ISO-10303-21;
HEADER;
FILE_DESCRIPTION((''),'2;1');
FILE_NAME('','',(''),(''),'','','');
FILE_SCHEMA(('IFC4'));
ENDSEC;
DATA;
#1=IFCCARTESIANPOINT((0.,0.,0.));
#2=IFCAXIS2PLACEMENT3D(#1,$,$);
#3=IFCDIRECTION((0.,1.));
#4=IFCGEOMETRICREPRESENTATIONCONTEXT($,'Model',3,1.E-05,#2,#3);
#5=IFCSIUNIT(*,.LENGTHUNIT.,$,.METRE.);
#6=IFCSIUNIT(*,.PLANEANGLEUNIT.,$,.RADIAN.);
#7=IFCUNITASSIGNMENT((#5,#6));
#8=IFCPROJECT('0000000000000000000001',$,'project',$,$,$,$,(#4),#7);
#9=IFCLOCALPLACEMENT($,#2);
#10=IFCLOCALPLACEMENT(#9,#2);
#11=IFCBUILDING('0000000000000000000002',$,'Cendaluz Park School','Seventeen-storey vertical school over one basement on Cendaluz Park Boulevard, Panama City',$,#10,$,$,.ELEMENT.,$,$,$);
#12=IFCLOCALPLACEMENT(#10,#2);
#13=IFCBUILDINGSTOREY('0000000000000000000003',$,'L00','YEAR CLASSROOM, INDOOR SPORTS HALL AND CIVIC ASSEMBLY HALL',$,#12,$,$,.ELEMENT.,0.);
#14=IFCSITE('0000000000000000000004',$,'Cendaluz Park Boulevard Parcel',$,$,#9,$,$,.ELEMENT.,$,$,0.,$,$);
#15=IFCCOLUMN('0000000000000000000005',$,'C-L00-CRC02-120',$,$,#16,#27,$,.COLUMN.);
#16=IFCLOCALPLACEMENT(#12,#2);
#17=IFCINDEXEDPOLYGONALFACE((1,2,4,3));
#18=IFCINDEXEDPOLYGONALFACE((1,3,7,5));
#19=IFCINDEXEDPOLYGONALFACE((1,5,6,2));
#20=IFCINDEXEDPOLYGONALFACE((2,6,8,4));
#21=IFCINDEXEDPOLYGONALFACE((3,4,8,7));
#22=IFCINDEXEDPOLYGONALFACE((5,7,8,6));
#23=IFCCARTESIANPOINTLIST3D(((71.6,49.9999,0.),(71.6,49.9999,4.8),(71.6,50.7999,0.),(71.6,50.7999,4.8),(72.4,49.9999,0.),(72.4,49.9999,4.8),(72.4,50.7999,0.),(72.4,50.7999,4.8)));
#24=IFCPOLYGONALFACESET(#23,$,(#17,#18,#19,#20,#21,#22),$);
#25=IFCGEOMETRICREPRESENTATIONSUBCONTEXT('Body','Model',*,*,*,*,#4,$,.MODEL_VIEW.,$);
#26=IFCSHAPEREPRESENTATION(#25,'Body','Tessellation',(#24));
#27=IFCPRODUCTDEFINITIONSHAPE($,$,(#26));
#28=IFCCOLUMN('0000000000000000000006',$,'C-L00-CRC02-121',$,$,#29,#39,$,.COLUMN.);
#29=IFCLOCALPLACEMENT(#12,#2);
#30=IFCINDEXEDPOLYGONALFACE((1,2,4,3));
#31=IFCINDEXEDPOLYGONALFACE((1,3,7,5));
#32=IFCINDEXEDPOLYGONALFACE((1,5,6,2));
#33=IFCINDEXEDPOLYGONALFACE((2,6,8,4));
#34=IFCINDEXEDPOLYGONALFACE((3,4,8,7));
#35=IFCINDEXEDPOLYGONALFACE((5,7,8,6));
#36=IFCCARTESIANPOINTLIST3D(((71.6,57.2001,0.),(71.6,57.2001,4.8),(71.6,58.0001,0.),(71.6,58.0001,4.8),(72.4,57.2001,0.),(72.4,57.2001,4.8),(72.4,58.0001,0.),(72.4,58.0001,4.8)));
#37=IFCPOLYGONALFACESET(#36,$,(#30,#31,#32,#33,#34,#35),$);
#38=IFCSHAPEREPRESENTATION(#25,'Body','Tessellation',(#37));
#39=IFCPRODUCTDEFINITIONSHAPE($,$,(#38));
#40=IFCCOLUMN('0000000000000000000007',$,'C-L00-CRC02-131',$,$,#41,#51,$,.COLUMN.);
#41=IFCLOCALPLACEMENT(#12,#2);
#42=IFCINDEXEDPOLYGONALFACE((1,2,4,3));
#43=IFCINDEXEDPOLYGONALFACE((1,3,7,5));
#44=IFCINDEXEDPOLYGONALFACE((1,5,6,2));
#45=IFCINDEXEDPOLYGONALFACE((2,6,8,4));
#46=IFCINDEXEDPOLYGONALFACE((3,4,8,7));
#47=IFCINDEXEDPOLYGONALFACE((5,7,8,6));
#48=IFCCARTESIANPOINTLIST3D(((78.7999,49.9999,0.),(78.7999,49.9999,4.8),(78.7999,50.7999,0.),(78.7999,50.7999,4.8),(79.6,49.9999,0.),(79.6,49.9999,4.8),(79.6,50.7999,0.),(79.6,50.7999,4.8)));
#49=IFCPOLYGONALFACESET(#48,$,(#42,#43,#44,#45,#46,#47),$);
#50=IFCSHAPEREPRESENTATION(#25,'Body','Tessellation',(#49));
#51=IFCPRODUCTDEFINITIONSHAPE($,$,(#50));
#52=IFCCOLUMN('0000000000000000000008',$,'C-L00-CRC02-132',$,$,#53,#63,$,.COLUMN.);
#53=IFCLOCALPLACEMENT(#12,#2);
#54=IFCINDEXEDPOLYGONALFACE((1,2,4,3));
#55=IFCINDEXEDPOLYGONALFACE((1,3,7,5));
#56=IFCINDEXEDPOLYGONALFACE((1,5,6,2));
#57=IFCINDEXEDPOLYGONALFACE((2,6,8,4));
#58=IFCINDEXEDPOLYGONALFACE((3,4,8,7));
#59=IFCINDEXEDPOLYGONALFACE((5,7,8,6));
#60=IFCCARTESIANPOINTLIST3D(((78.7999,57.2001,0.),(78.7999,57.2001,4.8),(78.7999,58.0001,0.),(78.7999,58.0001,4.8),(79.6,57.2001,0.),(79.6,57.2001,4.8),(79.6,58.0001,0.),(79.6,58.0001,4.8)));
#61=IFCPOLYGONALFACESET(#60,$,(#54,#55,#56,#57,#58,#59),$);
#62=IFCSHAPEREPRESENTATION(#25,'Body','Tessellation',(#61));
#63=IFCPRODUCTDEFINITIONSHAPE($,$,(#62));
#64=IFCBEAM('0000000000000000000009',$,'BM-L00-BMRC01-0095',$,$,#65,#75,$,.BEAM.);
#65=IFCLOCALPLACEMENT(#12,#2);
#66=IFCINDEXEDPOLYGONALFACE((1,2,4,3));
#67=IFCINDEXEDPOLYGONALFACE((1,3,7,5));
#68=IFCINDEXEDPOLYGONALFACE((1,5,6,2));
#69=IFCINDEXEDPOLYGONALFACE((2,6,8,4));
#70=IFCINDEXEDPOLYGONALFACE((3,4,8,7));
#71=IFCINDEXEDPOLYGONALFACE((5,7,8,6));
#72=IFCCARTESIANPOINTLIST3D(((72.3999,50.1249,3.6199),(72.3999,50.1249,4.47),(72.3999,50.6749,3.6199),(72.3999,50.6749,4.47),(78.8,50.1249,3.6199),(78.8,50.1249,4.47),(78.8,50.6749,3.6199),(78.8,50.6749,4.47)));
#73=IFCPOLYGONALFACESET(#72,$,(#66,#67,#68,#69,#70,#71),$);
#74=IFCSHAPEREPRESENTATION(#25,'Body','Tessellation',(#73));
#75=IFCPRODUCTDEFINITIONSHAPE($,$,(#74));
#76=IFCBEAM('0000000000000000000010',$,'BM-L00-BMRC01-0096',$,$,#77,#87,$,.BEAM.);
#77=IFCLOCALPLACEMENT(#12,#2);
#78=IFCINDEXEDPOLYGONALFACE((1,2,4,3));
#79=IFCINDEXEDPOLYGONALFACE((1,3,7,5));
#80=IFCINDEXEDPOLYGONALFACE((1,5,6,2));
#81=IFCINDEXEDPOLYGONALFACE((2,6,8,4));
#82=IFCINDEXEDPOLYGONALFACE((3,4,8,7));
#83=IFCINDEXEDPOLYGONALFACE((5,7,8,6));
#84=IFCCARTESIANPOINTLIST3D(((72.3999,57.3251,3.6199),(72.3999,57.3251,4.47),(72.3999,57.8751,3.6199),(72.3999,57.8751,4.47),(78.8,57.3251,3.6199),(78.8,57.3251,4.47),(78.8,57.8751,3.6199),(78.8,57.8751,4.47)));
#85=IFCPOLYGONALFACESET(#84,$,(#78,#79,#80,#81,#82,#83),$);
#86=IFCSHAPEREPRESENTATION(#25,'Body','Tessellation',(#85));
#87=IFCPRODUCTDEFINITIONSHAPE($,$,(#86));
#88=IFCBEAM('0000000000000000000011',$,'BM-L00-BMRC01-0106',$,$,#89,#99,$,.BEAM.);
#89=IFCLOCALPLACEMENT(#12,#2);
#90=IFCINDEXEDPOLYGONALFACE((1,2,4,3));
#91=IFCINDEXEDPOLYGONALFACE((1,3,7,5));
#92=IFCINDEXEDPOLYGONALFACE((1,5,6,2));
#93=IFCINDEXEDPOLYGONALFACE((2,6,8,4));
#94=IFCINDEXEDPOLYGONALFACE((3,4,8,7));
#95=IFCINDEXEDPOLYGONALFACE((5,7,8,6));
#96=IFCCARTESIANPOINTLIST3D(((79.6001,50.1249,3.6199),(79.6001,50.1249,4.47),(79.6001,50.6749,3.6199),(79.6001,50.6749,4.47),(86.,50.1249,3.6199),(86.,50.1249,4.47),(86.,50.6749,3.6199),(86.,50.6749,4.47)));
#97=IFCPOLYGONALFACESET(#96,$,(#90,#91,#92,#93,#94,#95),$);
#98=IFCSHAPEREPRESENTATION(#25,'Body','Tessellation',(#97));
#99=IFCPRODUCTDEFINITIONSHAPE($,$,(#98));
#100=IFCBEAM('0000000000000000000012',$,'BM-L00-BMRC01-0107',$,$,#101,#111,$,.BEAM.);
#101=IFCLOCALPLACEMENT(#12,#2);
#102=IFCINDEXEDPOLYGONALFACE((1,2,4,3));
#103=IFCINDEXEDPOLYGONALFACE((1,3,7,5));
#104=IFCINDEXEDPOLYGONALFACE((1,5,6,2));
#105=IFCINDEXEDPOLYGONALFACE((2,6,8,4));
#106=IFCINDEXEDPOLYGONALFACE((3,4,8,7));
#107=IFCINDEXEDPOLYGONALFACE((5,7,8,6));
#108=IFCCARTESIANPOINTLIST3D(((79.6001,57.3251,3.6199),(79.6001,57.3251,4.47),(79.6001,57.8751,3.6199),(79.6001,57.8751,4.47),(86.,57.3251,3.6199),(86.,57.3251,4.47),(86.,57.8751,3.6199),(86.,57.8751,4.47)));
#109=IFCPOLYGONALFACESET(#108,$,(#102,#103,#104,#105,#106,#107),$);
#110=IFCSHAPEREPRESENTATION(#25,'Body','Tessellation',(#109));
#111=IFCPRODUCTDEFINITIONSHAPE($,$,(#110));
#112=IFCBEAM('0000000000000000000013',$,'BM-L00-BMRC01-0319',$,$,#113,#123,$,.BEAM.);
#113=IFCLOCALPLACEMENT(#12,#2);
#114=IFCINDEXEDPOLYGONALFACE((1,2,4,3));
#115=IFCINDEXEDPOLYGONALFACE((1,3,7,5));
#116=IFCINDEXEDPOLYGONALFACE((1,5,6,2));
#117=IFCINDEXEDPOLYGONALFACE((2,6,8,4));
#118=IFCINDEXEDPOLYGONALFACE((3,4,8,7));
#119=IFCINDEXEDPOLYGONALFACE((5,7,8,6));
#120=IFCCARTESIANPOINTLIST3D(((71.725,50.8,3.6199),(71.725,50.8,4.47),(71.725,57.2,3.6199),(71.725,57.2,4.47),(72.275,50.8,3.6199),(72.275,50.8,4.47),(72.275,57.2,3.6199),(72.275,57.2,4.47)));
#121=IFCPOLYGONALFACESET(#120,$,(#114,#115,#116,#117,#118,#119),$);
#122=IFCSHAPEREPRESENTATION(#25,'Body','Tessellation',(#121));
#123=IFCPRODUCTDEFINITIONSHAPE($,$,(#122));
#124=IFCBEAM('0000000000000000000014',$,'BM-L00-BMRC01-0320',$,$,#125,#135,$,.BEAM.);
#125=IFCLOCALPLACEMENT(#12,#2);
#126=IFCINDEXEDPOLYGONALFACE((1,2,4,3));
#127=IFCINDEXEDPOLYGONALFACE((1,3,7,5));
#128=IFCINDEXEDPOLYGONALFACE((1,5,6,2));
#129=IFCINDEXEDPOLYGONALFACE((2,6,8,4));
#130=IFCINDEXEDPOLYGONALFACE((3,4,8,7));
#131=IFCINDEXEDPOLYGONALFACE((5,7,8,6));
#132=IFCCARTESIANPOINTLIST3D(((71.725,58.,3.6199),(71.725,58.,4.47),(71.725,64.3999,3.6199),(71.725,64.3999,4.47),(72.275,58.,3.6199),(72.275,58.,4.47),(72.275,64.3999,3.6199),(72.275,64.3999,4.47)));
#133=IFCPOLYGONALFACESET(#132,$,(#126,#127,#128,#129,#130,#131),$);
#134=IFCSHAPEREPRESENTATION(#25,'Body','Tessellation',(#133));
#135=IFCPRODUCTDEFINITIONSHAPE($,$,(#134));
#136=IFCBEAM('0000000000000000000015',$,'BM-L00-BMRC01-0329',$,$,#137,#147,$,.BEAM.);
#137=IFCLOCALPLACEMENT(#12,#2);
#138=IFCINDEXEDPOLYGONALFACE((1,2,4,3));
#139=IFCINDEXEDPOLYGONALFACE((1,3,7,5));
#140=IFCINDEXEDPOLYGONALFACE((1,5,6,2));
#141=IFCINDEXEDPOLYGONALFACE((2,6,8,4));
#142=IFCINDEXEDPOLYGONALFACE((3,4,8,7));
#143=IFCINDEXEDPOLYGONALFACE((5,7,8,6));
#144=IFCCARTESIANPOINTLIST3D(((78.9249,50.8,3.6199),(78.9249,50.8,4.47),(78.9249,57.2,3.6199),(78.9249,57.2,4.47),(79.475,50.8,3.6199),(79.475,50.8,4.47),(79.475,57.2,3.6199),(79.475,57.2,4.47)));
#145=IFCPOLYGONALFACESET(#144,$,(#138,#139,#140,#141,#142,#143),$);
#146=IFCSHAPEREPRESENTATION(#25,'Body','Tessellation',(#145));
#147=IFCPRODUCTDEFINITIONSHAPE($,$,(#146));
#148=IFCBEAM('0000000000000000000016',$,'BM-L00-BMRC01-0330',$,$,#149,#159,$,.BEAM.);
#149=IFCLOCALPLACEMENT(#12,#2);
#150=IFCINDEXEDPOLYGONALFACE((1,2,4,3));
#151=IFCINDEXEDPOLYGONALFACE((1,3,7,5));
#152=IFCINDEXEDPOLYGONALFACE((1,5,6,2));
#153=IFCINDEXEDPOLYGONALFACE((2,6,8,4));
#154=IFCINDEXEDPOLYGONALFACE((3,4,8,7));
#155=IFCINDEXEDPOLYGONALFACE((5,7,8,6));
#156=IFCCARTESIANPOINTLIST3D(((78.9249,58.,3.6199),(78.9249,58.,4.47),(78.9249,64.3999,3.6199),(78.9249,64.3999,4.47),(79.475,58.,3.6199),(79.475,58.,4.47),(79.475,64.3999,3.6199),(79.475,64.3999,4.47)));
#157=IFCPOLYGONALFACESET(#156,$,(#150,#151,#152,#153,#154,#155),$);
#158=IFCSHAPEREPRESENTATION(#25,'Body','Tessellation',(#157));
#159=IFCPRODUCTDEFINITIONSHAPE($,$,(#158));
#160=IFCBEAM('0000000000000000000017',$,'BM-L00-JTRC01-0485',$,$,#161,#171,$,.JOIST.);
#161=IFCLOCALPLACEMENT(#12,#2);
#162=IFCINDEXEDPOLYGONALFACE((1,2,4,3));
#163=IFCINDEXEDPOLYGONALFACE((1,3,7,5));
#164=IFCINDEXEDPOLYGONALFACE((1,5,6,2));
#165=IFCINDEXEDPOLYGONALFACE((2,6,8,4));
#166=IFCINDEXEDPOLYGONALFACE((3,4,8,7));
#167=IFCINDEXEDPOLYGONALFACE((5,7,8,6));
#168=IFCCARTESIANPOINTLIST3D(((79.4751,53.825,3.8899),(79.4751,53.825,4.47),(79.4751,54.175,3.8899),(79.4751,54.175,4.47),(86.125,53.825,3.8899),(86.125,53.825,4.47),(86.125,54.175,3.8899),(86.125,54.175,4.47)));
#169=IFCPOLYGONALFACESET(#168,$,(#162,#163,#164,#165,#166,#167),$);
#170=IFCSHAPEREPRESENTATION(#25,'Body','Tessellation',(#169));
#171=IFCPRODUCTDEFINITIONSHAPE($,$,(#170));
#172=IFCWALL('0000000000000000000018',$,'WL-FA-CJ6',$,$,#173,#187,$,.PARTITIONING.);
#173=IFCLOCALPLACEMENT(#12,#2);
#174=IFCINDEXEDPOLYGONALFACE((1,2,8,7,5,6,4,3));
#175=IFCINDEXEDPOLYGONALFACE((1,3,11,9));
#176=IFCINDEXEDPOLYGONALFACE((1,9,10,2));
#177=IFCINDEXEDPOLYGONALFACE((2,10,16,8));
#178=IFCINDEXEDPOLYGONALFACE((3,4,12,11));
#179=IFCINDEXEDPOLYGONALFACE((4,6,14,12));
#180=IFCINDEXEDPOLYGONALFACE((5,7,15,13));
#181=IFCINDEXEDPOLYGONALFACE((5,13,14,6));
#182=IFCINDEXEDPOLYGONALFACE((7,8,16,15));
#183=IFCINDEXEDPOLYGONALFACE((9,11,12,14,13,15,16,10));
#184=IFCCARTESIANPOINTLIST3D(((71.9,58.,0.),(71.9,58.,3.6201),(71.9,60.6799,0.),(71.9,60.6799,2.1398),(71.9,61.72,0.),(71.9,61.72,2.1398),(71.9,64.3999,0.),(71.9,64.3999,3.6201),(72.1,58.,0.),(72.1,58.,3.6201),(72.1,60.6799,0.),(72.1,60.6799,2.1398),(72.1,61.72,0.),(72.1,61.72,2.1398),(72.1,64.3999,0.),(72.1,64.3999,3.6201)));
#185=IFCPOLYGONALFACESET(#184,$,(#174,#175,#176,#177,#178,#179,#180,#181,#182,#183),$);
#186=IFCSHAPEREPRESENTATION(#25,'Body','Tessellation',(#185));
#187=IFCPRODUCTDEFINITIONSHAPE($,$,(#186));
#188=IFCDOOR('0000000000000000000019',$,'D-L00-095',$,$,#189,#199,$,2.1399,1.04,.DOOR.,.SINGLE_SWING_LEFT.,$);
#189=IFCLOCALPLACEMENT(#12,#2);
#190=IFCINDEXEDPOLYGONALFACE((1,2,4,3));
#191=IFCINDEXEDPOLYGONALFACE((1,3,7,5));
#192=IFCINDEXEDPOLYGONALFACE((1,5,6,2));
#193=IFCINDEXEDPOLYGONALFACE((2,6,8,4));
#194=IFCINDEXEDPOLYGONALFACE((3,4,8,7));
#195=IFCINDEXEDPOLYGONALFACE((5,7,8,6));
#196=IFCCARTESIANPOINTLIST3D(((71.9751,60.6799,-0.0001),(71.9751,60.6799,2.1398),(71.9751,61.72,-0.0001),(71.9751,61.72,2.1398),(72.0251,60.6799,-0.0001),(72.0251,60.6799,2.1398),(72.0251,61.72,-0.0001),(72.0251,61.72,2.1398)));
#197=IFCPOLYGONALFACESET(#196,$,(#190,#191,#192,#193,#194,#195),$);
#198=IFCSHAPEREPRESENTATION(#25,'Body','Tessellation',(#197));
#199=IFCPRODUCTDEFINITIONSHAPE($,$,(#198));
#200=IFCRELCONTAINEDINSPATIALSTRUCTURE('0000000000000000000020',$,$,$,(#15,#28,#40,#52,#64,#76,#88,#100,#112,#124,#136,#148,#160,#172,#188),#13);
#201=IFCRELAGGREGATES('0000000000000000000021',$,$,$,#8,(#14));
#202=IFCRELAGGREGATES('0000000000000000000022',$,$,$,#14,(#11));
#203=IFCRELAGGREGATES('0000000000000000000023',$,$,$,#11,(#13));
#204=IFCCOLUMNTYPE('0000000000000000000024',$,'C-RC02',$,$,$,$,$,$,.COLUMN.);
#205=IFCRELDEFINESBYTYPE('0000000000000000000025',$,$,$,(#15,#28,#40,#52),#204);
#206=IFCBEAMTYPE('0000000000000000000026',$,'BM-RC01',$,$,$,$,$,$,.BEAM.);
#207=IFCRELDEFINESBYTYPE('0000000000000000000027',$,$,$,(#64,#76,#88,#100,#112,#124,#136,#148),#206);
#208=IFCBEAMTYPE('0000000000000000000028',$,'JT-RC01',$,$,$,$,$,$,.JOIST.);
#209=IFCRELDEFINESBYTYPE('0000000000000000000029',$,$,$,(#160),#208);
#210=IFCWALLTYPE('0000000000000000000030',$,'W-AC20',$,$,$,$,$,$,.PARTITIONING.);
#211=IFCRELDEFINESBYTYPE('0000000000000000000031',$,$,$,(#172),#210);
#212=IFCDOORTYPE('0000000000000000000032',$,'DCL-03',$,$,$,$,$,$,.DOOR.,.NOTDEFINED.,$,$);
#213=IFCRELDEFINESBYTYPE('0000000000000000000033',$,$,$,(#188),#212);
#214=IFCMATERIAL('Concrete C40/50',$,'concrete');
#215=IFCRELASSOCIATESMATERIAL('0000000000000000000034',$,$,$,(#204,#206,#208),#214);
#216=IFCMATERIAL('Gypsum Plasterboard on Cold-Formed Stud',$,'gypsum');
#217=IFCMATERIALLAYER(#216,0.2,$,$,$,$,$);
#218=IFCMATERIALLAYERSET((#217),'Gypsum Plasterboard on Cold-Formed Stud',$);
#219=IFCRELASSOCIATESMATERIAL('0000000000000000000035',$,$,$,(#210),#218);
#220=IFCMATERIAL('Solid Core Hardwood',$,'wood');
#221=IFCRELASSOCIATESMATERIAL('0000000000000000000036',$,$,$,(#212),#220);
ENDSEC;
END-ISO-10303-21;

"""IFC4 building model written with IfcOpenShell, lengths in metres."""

from ifc_helpers import new_model, si_unit, direction, frame, frame_2d, origin, origin_2d, place, context, subcontext, project, spatial, rectangle, extrude, material, layer, layer_set, material_profile, profile_set, type_object, element, fill, save


model = new_model("IFC4")

# Units and contexts
model_context = context("Model", 3, precision=1e-05, world=origin(), true_north=direction((0.0, 1.0)))
body_context = subcontext(model_context, "Body", "Model", "MODEL_VIEW")
ifc_project = project(units=[si_unit("LENGTHUNIT", "METRE"), si_unit("PLANEANGLEUNIT", "RADIAN")], contexts=[model_context])

# Site, building, storey
site_placement = place(None, origin())
site = spatial("IfcSite", under=ifc_project, at=site_placement, Name="Cendaluz Park Boulevard Parcel", CompositionType="ELEMENT", RefElevation=0.0)
building_placement = place(site_placement, origin())
building = spatial("IfcBuilding", under=site, at=building_placement, Name="Cendaluz Park School", Description="Seventeen-storey vertical school over one basement on Cendaluz Park Boulevard, Panama City", CompositionType="ELEMENT")
storey_placement = place(building_placement, origin())
storey = spatial("IfcBuildingStorey", under=building, at=storey_placement, Name="L00", Description="YEAR CLASSROOM, INDOOR SPORTS HALL AND CIVIC ASSEMBLY HALL", CompositionType="ELEMENT", Elevation=0.0)

# Columns
ifc_material_1 = material(Name="Concrete C40/50", Category="concrete")
ifc_material_profile_1 = material_profile(ifc_material_1, rectangle(XDim=0.8, YDim=0.8, at=origin_2d()), Name="RC 800x800", Category="concrete")
ifc_profile_set_1 = profile_set([ifc_material_profile_1], Name="Concrete C40/50")
column_type = type_object("IfcColumnType", Name="C-RC02", PredefinedType="COLUMN", material=ifc_profile_set_1)
for number, where, z_axis, x_axis, name in (
    (1, (72.0, 50.3999, 0.0), (0.0, 0.0, 1.0), (1.0, 0.0, 0.0), "C-L00-CRC02-120"),
    (2, (72.0, 57.6001, 0.0), (0.0, 0.0, 1.0), (1.0, 0.0, 0.0), "C-L00-CRC02-121"),
    (3, (79.2, 50.3999, 0.0), (0.0, 0.0, 1.0), (1.0, 0.0, 0.0), "C-L00-CRC02-131"),
    (4, (79.2, 57.6001, 0.0), (0.0, 0.0, 1.0), (1.0, 0.0, 0.0), "C-L00-CRC02-132"),
):
    element("IfcColumn", number, at=place(storey_placement, frame(where, z_axis=z_axis, x_axis=x_axis)), inside=storey, type_object=column_type, Name=name, PredefinedType="COLUMN", context=body_context, shape_type="SweptSolid", body=[
        extrude(rectangle(XDim=0.8, YDim=0.8, at=origin_2d()), origin(), (0.0, 0.0, 1.0), 4.8),
    ])

# Beams
ifc_material_profile_2 = material_profile(ifc_material_1, rectangle(XDim=0.55, YDim=0.8501, at=origin_2d()), Name="RC 550x850", Category="concrete")
ifc_profile_set_2 = profile_set([ifc_material_profile_2], Name="Concrete C40/50")
beam_type_1 = type_object("IfcBeamType", Name="BM-RC01", PredefinedType="BEAM", material=ifc_profile_set_2)
for number, where, z_axis, x_axis, name in (
    (5, (72.3999, 50.3999, 4.0449), (1.0, 0.0, 0.0), (0.0, 1.0, 0.0), "BM-L00-BMRC01-0095"),
    (6, (72.3999, 57.6001, 4.0449), (1.0, 0.0, 0.0), (0.0, 1.0, 0.0), "BM-L00-BMRC01-0096"),
):
    element("IfcBeam", number, at=place(storey_placement, frame(where, z_axis=z_axis, x_axis=x_axis)), inside=storey, type_object=beam_type_1, Name=name, PredefinedType="BEAM", context=body_context, shape_type="SweptSolid", body=[
        extrude(rectangle(XDim=0.55, YDim=0.8501, at=origin_2d()), origin(), (0.0, 0.0, 1.0), 6.4001),
    ])
for number, where, z_axis, x_axis, name in (
    (7, (79.6001, 50.3999, 4.0449), (1.0, 0.0, 0.0), (0.0, 1.0, 0.0), "BM-L00-BMRC01-0106"),
    (8, (79.6001, 57.6001, 4.0449), (1.0, 0.0, 0.0), (0.0, 1.0, 0.0), "BM-L00-BMRC01-0107"),
    (9, (72.0, 50.8, 4.0449), (0.0, 1.0, 0.0), (-1.0, 0.0, 0.0), "BM-L00-BMRC01-0319"),
    (10, (72.0, 58.0, 4.0449), (0.0, 1.0, 0.0), (-1.0, 0.0, 0.0), "BM-L00-BMRC01-0320"),
    (11, (79.2, 50.8, 4.0449), (0.0, 1.0, 0.0), (-1.0, 0.0, 0.0), "BM-L00-BMRC01-0329"),
    (12, (79.2, 58.0, 4.0449), (0.0, 1.0, 0.0), (-1.0, 0.0, 0.0), "BM-L00-BMRC01-0330"),
):
    element("IfcBeam", number, at=place(storey_placement, frame(where, z_axis=z_axis, x_axis=x_axis)), inside=storey, type_object=beam_type_1, Name=name, PredefinedType="BEAM", context=body_context, shape_type="SweptSolid", body=[
        extrude(rectangle(XDim=0.55, YDim=0.8501, at=origin_2d()), origin(), (0.0, 0.0, 1.0), 6.3999),
    ])
ifc_material_profile_3 = material_profile(ifc_material_1, rectangle(XDim=0.3501, YDim=0.5801, at=origin_2d()), Name="RC 350x580", Category="concrete")
ifc_profile_set_3 = profile_set([ifc_material_profile_3], Name="Concrete C40/50")
beam_type_2 = type_object("IfcBeamType", Name="JT-RC01", PredefinedType="JOIST", material=ifc_profile_set_3)
beam_placement = place(storey_placement, frame((79.4751, 54.0, 4.1799), z_axis=(1.0, 0.0, 0.0), x_axis=(0.0, 1.0, 0.0)))
element("IfcBeam", 13, at=beam_placement, inside=storey, type_object=beam_type_2, Name="BM-L00-JTRC01-0485", PredefinedType="JOIST", context=body_context, shape_type="SweptSolid", body=[
    extrude(rectangle(XDim=0.3501, YDim=0.5801, at=origin_2d()), origin(), (0.0, 0.0, 1.0), 6.6499),
])

# Wall, opening, door
ifc_material_2 = material(Name="Gypsum Plasterboard on Cold-Formed Stud", Category="gypsum")
ifc_layer_1 = layer(ifc_material_2, 0.2)
ifc_layer_set_1 = layer_set([ifc_layer_1], Name="Gypsum Plasterboard on Cold-Formed Stud")
wall_type_1 = type_object("IfcWallType", Name="W-AC20", PredefinedType="PARTITIONING", material=ifc_layer_set_1)
wall_1_placement = place(storey_placement, frame((72.0, 58.0, 0.0), z_axis=(0.0, 0.0, 1.0), x_axis=(0.0, 1.0, 0.0)))
wall_1 = element("IfcWall", 14, at=wall_1_placement, inside=storey, type_object=wall_type_1, Name="WL-FA-CJ6", PredefinedType="PARTITIONING", context=body_context, shape_type="SweptSolid", body=[
    extrude(rectangle(XDim=6.3999, YDim=0.2, at=frame_2d((3.2, 0.0))), origin(), (0.0, 0.0, 1.0), 3.6201),
])
opening_1_placement = place(wall_1_placement, frame((2.6799, 0.0, 0.0)))
opening_1 = element("IfcOpeningElement", 15, at=opening_1_placement, cuts=wall_1, PredefinedType="OPENING", context=body_context, shape_type="SweptSolid", body=[
    extrude(rectangle(XDim=1.04, YDim=2.1399, at=frame_2d((0.52, 1.0698))), frame((0.0, 0.1121, 0.0), z_axis=(0.0, -1.0, 0.0), x_axis=(1.0, 0.0, 0.0)), (0.0, 0.0, 1.0), 0.2239),
])
ifc_material_3 = material(Name="Solid Core Hardwood", Category="wood")
door_type_1 = type_object("IfcDoorType", Name="DCL-03", OperationType="NOTDEFINED", PredefinedType="DOOR", material=ifc_material_3)
door_1_placement = place(opening_1_placement, origin())
door_1 = element("IfcDoor", 16, at=door_1_placement, inside=storey, type_object=door_type_1, Name="D-L00-095", OperationType="SINGLE_SWING_LEFT", OverallHeight=2.1399, OverallWidth=1.04, PredefinedType="DOOR", context=body_context, shape_type="SweptSolid", body=[
    extrude(rectangle(XDim=1.04, YDim=2.1399, at=frame_2d((0.52, 1.0698))), frame((0.0, 0.0249, 0.0), z_axis=(0.0, -1.0, 0.0), x_axis=(1.0, 0.0, 0.0)), (0.0, 0.0, 1.0), 0.05),
])
fill(opening_1, door_1)

save(model, "model.ifc")
